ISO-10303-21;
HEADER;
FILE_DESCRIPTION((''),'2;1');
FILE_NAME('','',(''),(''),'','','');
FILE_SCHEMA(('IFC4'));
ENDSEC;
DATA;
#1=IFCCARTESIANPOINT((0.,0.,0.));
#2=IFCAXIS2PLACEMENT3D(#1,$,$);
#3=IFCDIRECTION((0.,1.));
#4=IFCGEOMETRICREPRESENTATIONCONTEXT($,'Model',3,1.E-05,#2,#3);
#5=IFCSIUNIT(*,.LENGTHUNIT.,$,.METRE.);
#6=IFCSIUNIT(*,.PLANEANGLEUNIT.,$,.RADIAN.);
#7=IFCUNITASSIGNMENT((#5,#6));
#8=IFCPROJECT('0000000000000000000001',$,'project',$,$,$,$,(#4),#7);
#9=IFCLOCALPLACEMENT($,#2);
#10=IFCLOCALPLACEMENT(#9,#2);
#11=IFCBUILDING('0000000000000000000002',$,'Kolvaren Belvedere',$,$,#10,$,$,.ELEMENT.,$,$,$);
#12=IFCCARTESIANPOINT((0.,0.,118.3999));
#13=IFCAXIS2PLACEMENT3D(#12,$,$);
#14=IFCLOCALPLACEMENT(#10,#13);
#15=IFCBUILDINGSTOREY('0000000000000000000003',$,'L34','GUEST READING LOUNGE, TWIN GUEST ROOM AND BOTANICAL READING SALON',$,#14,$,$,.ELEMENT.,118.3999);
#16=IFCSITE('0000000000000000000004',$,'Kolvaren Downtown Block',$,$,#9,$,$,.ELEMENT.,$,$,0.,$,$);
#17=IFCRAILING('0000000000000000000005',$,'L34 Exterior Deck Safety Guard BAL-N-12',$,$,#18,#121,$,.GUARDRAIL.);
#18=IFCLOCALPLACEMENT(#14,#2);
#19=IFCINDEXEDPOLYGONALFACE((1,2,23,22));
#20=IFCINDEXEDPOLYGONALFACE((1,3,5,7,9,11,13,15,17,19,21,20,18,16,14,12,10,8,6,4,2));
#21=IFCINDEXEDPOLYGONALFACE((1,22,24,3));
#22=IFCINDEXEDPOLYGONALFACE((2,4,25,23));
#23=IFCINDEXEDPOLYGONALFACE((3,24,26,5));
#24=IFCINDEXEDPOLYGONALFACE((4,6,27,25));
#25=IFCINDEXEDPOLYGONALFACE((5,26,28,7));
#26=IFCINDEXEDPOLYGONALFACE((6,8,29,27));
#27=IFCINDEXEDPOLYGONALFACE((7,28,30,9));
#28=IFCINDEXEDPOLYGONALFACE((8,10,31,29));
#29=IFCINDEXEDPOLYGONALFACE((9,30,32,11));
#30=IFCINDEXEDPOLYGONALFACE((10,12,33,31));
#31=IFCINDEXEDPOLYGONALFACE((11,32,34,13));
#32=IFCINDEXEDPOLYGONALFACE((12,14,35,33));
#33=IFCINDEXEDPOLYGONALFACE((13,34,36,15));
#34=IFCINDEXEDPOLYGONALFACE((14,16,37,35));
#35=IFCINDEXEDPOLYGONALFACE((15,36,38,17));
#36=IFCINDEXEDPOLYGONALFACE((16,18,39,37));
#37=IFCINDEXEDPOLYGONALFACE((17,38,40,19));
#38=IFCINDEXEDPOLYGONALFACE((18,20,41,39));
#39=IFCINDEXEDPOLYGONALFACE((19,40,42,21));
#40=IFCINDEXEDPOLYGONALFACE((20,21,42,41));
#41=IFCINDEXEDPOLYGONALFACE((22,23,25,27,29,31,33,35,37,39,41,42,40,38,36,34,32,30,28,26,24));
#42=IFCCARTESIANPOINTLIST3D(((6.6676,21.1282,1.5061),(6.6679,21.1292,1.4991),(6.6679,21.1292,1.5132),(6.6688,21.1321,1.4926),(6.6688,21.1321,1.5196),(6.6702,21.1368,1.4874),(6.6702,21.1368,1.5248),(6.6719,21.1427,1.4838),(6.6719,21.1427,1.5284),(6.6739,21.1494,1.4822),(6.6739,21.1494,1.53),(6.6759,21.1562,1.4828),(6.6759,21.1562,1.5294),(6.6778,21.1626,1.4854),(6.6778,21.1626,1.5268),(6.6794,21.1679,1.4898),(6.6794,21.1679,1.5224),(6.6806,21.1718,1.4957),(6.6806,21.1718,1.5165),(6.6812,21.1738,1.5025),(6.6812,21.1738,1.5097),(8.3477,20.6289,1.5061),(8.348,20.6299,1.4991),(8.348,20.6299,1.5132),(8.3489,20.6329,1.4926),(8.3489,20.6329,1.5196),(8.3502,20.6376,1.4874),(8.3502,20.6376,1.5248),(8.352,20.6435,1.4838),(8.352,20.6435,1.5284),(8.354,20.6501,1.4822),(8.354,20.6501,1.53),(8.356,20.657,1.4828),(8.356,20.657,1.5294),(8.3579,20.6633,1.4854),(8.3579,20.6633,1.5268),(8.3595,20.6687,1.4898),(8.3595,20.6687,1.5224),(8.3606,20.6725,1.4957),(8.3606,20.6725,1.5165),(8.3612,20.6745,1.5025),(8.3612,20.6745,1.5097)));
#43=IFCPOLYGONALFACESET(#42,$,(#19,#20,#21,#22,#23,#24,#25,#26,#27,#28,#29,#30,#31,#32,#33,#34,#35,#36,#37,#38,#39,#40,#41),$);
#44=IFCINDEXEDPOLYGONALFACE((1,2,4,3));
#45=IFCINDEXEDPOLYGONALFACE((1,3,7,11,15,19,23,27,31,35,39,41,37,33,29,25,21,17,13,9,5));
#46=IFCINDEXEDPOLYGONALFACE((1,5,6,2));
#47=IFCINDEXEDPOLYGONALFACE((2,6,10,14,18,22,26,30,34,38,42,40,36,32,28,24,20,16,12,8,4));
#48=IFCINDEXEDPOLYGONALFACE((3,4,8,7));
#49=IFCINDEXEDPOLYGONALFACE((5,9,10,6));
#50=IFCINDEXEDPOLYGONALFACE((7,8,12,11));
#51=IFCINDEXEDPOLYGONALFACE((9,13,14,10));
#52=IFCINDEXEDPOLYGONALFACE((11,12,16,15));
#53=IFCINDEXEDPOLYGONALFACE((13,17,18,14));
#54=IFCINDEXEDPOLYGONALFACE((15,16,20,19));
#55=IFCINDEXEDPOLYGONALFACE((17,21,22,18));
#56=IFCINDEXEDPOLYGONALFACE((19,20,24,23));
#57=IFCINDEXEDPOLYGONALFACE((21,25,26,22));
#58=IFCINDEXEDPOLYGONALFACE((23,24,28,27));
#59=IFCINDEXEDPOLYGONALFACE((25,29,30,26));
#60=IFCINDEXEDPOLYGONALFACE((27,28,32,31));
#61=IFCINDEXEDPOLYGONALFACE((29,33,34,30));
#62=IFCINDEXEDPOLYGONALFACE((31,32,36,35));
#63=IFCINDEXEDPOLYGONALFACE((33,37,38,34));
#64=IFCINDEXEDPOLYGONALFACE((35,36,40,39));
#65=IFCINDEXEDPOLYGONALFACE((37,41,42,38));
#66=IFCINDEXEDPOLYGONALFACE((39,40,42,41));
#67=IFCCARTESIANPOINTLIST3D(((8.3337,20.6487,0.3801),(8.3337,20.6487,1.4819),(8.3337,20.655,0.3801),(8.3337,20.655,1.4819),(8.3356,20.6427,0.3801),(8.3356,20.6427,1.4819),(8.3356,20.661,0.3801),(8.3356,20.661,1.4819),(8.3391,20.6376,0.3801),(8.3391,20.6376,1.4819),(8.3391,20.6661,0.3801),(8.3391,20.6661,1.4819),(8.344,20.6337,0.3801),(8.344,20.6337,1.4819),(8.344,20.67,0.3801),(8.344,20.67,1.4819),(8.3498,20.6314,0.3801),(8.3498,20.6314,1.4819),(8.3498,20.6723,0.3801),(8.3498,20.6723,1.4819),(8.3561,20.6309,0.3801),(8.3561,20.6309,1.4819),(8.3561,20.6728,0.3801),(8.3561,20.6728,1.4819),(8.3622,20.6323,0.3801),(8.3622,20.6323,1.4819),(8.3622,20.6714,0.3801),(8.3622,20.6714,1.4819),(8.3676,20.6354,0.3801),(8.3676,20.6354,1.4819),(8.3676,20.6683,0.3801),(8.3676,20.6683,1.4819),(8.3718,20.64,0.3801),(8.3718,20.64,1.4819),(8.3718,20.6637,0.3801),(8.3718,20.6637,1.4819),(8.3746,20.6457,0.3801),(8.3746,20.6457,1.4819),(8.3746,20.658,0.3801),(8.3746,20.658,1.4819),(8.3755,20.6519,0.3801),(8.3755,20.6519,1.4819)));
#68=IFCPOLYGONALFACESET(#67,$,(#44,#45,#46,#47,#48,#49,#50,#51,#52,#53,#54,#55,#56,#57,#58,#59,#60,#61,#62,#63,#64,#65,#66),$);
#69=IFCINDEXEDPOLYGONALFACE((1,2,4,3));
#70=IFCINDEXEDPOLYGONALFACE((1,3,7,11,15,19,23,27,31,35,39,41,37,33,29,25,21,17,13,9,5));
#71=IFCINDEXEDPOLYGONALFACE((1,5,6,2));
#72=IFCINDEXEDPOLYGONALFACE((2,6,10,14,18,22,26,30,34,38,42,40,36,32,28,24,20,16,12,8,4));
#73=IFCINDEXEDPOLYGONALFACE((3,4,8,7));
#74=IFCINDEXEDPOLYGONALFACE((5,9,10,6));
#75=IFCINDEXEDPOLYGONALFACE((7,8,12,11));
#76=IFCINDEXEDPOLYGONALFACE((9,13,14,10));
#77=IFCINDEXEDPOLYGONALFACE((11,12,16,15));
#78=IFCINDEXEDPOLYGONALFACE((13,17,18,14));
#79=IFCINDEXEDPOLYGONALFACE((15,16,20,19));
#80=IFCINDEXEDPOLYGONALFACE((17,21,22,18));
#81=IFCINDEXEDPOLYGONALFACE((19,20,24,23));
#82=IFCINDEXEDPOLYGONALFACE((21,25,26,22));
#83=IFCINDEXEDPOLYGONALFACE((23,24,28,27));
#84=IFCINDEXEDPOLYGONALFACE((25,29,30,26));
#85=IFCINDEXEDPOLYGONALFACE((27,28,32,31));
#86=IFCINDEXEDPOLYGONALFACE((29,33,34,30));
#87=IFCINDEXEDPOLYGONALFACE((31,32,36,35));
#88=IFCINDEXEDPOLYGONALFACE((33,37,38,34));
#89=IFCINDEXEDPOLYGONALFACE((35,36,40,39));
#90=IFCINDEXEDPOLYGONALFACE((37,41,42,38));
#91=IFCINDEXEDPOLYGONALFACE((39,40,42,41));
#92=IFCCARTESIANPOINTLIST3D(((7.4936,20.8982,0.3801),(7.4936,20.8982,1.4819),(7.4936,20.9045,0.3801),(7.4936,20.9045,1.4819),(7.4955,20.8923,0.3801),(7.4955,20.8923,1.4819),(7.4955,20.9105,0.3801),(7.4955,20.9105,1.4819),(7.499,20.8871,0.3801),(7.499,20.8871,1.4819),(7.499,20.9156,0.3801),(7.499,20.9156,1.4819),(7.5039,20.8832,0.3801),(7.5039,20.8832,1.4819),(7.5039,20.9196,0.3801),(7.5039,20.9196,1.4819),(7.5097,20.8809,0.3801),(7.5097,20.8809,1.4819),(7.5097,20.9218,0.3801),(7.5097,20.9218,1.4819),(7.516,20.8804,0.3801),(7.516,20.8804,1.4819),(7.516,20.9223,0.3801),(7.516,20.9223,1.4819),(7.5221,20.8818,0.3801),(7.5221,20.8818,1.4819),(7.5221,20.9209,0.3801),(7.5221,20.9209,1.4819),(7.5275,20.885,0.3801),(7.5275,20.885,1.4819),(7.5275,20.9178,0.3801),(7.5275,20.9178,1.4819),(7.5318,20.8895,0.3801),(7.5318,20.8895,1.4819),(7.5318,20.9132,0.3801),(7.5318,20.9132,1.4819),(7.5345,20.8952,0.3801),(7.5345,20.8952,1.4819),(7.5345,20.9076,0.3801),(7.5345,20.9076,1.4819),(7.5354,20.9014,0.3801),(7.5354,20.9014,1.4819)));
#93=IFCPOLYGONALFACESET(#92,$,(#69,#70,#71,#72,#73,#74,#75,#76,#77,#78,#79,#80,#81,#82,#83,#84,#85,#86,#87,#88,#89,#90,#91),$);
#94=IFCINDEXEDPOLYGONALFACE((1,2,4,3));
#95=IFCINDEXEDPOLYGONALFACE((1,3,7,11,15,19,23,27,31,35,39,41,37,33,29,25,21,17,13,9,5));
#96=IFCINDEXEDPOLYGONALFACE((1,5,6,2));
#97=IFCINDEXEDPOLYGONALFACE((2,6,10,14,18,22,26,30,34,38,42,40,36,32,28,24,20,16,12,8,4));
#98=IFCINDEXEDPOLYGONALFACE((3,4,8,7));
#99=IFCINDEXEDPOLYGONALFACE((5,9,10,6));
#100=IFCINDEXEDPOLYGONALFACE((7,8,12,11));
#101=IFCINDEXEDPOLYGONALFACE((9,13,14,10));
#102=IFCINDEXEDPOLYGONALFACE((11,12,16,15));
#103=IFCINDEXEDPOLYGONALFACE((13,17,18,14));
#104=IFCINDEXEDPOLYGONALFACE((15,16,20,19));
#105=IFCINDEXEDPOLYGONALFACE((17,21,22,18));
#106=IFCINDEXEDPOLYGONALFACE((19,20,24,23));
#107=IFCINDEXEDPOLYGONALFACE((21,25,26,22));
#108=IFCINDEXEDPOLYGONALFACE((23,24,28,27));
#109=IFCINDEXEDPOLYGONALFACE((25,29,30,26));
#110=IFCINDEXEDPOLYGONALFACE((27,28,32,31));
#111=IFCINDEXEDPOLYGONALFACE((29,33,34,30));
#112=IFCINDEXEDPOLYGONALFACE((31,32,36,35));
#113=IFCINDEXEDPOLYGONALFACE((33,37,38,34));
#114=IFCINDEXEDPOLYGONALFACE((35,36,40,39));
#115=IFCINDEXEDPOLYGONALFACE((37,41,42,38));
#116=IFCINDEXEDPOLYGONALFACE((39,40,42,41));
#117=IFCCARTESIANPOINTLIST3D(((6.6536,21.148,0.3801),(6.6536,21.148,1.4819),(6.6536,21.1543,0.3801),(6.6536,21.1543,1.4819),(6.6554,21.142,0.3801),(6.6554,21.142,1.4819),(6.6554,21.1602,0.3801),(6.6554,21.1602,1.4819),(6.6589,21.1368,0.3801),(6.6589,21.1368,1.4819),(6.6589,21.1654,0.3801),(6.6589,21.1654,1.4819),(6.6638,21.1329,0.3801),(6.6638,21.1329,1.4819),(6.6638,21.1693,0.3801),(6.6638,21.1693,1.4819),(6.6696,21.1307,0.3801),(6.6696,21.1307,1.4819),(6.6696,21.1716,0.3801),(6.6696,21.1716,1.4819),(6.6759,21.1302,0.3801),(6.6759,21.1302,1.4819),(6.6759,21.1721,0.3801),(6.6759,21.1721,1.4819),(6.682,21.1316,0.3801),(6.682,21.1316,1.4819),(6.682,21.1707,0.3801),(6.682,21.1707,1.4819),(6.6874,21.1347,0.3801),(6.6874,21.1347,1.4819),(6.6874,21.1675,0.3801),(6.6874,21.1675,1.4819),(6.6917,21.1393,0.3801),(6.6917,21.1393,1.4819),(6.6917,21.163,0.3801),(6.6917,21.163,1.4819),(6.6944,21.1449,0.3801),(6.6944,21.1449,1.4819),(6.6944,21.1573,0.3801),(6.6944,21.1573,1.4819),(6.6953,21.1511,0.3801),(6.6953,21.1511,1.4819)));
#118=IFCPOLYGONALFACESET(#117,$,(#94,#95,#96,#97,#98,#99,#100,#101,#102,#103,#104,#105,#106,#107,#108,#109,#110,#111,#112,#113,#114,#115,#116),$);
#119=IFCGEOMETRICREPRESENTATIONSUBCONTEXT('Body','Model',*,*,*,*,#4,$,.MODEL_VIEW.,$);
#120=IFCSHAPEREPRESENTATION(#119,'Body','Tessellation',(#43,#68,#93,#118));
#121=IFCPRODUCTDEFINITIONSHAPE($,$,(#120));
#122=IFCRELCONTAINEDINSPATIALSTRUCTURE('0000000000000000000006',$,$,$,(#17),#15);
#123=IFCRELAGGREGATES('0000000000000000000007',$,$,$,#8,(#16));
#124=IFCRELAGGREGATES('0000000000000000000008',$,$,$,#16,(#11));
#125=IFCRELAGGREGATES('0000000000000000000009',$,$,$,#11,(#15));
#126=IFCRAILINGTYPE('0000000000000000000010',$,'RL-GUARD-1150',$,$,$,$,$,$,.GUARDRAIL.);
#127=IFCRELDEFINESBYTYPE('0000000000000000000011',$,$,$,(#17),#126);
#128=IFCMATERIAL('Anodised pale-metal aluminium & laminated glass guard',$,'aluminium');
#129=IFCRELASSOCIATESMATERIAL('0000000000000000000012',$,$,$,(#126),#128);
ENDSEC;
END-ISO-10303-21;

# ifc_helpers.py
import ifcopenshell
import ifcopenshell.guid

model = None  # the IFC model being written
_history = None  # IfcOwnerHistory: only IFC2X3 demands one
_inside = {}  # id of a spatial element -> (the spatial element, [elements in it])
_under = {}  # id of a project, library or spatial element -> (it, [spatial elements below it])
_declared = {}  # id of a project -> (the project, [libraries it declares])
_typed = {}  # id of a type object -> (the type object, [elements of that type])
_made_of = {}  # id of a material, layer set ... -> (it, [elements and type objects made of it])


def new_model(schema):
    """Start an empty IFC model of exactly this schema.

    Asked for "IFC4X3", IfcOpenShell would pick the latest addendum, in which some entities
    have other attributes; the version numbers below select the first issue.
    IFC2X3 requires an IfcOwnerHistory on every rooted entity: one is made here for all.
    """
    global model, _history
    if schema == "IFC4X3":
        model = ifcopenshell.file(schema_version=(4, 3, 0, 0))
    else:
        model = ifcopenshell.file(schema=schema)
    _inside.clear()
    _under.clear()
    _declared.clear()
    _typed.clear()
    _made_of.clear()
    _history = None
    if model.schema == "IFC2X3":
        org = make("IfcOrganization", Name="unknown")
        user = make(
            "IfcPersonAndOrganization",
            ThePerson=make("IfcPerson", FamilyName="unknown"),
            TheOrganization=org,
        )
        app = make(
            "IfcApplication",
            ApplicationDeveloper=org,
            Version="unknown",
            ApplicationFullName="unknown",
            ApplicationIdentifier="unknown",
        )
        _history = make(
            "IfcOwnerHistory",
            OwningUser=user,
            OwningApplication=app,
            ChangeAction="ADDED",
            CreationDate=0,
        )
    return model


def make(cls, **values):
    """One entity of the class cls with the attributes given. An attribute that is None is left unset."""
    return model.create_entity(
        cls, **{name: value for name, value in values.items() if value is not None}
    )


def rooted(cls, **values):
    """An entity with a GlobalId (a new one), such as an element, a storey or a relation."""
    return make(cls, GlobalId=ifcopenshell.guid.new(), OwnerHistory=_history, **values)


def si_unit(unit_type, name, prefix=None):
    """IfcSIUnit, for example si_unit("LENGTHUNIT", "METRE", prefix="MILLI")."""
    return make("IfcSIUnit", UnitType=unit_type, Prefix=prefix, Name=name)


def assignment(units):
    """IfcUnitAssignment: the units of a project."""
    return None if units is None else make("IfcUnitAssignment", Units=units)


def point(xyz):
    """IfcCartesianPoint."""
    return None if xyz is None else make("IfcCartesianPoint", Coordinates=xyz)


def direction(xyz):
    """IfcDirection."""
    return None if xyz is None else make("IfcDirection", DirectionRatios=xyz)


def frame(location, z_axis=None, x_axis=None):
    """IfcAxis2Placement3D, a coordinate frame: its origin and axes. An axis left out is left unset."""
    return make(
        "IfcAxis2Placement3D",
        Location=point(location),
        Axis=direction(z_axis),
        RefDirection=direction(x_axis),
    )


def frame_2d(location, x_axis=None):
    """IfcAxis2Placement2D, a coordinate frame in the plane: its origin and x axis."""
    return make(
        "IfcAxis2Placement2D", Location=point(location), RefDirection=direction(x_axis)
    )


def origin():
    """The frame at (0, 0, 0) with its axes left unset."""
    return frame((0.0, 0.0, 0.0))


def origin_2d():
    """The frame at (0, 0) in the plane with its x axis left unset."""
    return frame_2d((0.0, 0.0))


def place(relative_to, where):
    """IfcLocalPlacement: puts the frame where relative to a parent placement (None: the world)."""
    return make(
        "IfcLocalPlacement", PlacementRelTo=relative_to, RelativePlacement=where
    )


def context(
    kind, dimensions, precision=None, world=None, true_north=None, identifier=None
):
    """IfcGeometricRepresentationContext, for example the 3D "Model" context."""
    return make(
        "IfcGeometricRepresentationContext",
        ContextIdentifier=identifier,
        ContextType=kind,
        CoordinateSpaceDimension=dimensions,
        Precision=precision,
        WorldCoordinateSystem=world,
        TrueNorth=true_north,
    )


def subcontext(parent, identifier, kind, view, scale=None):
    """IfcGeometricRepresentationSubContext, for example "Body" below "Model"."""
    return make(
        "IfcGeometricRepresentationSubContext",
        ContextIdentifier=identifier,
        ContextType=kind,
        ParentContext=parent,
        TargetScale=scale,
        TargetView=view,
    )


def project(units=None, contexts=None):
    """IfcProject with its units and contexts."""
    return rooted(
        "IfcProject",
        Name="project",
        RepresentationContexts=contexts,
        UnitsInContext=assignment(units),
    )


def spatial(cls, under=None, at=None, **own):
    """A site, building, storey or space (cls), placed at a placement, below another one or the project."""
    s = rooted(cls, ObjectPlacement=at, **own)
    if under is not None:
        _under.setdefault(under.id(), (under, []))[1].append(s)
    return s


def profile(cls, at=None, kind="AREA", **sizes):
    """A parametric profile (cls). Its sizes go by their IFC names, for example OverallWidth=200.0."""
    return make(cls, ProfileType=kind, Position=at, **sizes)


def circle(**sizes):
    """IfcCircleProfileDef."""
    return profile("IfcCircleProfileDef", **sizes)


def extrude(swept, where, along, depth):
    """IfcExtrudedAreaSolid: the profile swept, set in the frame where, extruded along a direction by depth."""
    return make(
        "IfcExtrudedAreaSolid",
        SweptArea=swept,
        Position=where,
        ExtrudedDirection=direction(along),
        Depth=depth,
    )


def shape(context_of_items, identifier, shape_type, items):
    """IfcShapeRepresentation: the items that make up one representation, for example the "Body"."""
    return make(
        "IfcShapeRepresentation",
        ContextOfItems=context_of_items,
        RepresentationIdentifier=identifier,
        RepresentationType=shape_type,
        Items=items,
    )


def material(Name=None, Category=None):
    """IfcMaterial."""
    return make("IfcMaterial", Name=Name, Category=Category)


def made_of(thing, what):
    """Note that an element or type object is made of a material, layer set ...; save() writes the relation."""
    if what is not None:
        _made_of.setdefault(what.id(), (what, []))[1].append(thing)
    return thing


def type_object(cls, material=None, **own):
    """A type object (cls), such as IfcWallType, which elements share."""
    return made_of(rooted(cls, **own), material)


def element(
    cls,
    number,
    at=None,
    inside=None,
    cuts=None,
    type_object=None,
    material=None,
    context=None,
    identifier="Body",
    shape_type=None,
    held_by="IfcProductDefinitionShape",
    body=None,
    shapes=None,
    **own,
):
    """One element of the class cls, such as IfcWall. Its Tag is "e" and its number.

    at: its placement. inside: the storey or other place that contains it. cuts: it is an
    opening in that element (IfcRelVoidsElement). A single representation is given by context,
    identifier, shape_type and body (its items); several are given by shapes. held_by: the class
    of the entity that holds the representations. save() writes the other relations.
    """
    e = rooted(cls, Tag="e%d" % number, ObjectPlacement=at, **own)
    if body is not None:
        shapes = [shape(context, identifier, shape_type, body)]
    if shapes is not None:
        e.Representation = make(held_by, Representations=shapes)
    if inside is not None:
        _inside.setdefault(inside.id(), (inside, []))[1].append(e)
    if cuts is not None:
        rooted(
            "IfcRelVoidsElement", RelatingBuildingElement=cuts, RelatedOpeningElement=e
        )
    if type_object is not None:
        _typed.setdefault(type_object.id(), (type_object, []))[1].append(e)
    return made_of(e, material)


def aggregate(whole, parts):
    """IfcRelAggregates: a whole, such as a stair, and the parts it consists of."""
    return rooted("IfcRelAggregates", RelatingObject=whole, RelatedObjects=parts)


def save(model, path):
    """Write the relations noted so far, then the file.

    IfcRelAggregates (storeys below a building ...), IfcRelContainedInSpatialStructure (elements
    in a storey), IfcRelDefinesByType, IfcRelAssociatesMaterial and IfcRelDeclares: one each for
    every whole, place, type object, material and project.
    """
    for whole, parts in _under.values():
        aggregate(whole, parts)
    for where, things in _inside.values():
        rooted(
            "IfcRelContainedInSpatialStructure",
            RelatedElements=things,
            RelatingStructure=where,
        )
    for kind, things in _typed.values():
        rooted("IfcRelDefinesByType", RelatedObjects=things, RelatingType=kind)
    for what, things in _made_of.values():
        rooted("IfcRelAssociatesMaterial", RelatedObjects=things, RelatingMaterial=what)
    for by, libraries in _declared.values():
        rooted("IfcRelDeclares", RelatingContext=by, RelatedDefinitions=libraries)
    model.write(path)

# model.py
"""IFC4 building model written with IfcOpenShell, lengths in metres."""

from ifc_helpers import new_model, si_unit, direction, frame, origin, origin_2d, place, context, subcontext, project, spatial, circle, extrude, material, type_object, element, save


model = new_model("IFC4")

# Units and contexts
model_context = context("Model", 3, precision=1e-05, world=origin(), true_north=direction((0.0, 1.0)))
body_context = subcontext(model_context, "Body", "Model", "MODEL_VIEW")
ifc_project = project(units=[si_unit("LENGTHUNIT", "METRE"), si_unit("PLANEANGLEUNIT", "RADIAN")], contexts=[model_context])

# Site, building, storey
site_placement = place(None, origin())
site = spatial("IfcSite", under=ifc_project, at=site_placement, Name="Kolvaren Downtown Block", CompositionType="ELEMENT", RefElevation=0.0)
building_placement = place(site_placement, origin())
building = spatial("IfcBuilding", under=site, at=building_placement, Name="Kolvaren Belvedere", CompositionType="ELEMENT")
storey_placement = place(building_placement, frame((0.0, 0.0, 118.3999)))
storey = spatial("IfcBuildingStorey", under=building, at=storey_placement, Name="L34", Description="GUEST READING LOUNGE, TWIN GUEST ROOM AND BOTANICAL READING SALON", CompositionType="ELEMENT", Elevation=118.3999)

# Railing
ifc_material_1 = material(Name="Anodised pale-metal aluminium & laminated glass guard", Category="aluminium")
railing_type = type_object("IfcRailingType", Name="RL-GUARD-1150", PredefinedType="GUARDRAIL", material=ifc_material_1)
railing_1_placement = place(storey_placement, frame((8.3545, 20.6519, 0.3801)))
element("IfcRailing", 1, at=railing_1_placement, inside=storey, type_object=railing_type, Name="L34 Exterior Deck Safety Guard BAL-N-12", PredefinedType="GUARDRAIL", context=body_context, shape_type="SweptSolid", body=[
    extrude(circle(Radius=0.0239, at=origin_2d()), frame((0.0, 0.0, 1.126), z_axis=(-0.958574, 0.284842, 0.0), x_axis=(-0.284842, -0.958574, 0.0)), (0.0, 0.0, 1.0), 1.7527),
    extrude(circle(Radius=0.021, at=origin_2d()), origin(), (0.0, 0.0, 1.0), 1.1018),
    extrude(circle(Radius=0.021, at=origin_2d()), frame((-0.8401, 0.2495, 0.0)), (0.0, 0.0, 1.0), 1.1018),
    extrude(circle(Radius=0.021, at=origin_2d()), frame((-1.6802, 0.4993, 0.0)), (0.0, 0.0, 1.0), 1.1018),
])

save(model, "model.ifc")
